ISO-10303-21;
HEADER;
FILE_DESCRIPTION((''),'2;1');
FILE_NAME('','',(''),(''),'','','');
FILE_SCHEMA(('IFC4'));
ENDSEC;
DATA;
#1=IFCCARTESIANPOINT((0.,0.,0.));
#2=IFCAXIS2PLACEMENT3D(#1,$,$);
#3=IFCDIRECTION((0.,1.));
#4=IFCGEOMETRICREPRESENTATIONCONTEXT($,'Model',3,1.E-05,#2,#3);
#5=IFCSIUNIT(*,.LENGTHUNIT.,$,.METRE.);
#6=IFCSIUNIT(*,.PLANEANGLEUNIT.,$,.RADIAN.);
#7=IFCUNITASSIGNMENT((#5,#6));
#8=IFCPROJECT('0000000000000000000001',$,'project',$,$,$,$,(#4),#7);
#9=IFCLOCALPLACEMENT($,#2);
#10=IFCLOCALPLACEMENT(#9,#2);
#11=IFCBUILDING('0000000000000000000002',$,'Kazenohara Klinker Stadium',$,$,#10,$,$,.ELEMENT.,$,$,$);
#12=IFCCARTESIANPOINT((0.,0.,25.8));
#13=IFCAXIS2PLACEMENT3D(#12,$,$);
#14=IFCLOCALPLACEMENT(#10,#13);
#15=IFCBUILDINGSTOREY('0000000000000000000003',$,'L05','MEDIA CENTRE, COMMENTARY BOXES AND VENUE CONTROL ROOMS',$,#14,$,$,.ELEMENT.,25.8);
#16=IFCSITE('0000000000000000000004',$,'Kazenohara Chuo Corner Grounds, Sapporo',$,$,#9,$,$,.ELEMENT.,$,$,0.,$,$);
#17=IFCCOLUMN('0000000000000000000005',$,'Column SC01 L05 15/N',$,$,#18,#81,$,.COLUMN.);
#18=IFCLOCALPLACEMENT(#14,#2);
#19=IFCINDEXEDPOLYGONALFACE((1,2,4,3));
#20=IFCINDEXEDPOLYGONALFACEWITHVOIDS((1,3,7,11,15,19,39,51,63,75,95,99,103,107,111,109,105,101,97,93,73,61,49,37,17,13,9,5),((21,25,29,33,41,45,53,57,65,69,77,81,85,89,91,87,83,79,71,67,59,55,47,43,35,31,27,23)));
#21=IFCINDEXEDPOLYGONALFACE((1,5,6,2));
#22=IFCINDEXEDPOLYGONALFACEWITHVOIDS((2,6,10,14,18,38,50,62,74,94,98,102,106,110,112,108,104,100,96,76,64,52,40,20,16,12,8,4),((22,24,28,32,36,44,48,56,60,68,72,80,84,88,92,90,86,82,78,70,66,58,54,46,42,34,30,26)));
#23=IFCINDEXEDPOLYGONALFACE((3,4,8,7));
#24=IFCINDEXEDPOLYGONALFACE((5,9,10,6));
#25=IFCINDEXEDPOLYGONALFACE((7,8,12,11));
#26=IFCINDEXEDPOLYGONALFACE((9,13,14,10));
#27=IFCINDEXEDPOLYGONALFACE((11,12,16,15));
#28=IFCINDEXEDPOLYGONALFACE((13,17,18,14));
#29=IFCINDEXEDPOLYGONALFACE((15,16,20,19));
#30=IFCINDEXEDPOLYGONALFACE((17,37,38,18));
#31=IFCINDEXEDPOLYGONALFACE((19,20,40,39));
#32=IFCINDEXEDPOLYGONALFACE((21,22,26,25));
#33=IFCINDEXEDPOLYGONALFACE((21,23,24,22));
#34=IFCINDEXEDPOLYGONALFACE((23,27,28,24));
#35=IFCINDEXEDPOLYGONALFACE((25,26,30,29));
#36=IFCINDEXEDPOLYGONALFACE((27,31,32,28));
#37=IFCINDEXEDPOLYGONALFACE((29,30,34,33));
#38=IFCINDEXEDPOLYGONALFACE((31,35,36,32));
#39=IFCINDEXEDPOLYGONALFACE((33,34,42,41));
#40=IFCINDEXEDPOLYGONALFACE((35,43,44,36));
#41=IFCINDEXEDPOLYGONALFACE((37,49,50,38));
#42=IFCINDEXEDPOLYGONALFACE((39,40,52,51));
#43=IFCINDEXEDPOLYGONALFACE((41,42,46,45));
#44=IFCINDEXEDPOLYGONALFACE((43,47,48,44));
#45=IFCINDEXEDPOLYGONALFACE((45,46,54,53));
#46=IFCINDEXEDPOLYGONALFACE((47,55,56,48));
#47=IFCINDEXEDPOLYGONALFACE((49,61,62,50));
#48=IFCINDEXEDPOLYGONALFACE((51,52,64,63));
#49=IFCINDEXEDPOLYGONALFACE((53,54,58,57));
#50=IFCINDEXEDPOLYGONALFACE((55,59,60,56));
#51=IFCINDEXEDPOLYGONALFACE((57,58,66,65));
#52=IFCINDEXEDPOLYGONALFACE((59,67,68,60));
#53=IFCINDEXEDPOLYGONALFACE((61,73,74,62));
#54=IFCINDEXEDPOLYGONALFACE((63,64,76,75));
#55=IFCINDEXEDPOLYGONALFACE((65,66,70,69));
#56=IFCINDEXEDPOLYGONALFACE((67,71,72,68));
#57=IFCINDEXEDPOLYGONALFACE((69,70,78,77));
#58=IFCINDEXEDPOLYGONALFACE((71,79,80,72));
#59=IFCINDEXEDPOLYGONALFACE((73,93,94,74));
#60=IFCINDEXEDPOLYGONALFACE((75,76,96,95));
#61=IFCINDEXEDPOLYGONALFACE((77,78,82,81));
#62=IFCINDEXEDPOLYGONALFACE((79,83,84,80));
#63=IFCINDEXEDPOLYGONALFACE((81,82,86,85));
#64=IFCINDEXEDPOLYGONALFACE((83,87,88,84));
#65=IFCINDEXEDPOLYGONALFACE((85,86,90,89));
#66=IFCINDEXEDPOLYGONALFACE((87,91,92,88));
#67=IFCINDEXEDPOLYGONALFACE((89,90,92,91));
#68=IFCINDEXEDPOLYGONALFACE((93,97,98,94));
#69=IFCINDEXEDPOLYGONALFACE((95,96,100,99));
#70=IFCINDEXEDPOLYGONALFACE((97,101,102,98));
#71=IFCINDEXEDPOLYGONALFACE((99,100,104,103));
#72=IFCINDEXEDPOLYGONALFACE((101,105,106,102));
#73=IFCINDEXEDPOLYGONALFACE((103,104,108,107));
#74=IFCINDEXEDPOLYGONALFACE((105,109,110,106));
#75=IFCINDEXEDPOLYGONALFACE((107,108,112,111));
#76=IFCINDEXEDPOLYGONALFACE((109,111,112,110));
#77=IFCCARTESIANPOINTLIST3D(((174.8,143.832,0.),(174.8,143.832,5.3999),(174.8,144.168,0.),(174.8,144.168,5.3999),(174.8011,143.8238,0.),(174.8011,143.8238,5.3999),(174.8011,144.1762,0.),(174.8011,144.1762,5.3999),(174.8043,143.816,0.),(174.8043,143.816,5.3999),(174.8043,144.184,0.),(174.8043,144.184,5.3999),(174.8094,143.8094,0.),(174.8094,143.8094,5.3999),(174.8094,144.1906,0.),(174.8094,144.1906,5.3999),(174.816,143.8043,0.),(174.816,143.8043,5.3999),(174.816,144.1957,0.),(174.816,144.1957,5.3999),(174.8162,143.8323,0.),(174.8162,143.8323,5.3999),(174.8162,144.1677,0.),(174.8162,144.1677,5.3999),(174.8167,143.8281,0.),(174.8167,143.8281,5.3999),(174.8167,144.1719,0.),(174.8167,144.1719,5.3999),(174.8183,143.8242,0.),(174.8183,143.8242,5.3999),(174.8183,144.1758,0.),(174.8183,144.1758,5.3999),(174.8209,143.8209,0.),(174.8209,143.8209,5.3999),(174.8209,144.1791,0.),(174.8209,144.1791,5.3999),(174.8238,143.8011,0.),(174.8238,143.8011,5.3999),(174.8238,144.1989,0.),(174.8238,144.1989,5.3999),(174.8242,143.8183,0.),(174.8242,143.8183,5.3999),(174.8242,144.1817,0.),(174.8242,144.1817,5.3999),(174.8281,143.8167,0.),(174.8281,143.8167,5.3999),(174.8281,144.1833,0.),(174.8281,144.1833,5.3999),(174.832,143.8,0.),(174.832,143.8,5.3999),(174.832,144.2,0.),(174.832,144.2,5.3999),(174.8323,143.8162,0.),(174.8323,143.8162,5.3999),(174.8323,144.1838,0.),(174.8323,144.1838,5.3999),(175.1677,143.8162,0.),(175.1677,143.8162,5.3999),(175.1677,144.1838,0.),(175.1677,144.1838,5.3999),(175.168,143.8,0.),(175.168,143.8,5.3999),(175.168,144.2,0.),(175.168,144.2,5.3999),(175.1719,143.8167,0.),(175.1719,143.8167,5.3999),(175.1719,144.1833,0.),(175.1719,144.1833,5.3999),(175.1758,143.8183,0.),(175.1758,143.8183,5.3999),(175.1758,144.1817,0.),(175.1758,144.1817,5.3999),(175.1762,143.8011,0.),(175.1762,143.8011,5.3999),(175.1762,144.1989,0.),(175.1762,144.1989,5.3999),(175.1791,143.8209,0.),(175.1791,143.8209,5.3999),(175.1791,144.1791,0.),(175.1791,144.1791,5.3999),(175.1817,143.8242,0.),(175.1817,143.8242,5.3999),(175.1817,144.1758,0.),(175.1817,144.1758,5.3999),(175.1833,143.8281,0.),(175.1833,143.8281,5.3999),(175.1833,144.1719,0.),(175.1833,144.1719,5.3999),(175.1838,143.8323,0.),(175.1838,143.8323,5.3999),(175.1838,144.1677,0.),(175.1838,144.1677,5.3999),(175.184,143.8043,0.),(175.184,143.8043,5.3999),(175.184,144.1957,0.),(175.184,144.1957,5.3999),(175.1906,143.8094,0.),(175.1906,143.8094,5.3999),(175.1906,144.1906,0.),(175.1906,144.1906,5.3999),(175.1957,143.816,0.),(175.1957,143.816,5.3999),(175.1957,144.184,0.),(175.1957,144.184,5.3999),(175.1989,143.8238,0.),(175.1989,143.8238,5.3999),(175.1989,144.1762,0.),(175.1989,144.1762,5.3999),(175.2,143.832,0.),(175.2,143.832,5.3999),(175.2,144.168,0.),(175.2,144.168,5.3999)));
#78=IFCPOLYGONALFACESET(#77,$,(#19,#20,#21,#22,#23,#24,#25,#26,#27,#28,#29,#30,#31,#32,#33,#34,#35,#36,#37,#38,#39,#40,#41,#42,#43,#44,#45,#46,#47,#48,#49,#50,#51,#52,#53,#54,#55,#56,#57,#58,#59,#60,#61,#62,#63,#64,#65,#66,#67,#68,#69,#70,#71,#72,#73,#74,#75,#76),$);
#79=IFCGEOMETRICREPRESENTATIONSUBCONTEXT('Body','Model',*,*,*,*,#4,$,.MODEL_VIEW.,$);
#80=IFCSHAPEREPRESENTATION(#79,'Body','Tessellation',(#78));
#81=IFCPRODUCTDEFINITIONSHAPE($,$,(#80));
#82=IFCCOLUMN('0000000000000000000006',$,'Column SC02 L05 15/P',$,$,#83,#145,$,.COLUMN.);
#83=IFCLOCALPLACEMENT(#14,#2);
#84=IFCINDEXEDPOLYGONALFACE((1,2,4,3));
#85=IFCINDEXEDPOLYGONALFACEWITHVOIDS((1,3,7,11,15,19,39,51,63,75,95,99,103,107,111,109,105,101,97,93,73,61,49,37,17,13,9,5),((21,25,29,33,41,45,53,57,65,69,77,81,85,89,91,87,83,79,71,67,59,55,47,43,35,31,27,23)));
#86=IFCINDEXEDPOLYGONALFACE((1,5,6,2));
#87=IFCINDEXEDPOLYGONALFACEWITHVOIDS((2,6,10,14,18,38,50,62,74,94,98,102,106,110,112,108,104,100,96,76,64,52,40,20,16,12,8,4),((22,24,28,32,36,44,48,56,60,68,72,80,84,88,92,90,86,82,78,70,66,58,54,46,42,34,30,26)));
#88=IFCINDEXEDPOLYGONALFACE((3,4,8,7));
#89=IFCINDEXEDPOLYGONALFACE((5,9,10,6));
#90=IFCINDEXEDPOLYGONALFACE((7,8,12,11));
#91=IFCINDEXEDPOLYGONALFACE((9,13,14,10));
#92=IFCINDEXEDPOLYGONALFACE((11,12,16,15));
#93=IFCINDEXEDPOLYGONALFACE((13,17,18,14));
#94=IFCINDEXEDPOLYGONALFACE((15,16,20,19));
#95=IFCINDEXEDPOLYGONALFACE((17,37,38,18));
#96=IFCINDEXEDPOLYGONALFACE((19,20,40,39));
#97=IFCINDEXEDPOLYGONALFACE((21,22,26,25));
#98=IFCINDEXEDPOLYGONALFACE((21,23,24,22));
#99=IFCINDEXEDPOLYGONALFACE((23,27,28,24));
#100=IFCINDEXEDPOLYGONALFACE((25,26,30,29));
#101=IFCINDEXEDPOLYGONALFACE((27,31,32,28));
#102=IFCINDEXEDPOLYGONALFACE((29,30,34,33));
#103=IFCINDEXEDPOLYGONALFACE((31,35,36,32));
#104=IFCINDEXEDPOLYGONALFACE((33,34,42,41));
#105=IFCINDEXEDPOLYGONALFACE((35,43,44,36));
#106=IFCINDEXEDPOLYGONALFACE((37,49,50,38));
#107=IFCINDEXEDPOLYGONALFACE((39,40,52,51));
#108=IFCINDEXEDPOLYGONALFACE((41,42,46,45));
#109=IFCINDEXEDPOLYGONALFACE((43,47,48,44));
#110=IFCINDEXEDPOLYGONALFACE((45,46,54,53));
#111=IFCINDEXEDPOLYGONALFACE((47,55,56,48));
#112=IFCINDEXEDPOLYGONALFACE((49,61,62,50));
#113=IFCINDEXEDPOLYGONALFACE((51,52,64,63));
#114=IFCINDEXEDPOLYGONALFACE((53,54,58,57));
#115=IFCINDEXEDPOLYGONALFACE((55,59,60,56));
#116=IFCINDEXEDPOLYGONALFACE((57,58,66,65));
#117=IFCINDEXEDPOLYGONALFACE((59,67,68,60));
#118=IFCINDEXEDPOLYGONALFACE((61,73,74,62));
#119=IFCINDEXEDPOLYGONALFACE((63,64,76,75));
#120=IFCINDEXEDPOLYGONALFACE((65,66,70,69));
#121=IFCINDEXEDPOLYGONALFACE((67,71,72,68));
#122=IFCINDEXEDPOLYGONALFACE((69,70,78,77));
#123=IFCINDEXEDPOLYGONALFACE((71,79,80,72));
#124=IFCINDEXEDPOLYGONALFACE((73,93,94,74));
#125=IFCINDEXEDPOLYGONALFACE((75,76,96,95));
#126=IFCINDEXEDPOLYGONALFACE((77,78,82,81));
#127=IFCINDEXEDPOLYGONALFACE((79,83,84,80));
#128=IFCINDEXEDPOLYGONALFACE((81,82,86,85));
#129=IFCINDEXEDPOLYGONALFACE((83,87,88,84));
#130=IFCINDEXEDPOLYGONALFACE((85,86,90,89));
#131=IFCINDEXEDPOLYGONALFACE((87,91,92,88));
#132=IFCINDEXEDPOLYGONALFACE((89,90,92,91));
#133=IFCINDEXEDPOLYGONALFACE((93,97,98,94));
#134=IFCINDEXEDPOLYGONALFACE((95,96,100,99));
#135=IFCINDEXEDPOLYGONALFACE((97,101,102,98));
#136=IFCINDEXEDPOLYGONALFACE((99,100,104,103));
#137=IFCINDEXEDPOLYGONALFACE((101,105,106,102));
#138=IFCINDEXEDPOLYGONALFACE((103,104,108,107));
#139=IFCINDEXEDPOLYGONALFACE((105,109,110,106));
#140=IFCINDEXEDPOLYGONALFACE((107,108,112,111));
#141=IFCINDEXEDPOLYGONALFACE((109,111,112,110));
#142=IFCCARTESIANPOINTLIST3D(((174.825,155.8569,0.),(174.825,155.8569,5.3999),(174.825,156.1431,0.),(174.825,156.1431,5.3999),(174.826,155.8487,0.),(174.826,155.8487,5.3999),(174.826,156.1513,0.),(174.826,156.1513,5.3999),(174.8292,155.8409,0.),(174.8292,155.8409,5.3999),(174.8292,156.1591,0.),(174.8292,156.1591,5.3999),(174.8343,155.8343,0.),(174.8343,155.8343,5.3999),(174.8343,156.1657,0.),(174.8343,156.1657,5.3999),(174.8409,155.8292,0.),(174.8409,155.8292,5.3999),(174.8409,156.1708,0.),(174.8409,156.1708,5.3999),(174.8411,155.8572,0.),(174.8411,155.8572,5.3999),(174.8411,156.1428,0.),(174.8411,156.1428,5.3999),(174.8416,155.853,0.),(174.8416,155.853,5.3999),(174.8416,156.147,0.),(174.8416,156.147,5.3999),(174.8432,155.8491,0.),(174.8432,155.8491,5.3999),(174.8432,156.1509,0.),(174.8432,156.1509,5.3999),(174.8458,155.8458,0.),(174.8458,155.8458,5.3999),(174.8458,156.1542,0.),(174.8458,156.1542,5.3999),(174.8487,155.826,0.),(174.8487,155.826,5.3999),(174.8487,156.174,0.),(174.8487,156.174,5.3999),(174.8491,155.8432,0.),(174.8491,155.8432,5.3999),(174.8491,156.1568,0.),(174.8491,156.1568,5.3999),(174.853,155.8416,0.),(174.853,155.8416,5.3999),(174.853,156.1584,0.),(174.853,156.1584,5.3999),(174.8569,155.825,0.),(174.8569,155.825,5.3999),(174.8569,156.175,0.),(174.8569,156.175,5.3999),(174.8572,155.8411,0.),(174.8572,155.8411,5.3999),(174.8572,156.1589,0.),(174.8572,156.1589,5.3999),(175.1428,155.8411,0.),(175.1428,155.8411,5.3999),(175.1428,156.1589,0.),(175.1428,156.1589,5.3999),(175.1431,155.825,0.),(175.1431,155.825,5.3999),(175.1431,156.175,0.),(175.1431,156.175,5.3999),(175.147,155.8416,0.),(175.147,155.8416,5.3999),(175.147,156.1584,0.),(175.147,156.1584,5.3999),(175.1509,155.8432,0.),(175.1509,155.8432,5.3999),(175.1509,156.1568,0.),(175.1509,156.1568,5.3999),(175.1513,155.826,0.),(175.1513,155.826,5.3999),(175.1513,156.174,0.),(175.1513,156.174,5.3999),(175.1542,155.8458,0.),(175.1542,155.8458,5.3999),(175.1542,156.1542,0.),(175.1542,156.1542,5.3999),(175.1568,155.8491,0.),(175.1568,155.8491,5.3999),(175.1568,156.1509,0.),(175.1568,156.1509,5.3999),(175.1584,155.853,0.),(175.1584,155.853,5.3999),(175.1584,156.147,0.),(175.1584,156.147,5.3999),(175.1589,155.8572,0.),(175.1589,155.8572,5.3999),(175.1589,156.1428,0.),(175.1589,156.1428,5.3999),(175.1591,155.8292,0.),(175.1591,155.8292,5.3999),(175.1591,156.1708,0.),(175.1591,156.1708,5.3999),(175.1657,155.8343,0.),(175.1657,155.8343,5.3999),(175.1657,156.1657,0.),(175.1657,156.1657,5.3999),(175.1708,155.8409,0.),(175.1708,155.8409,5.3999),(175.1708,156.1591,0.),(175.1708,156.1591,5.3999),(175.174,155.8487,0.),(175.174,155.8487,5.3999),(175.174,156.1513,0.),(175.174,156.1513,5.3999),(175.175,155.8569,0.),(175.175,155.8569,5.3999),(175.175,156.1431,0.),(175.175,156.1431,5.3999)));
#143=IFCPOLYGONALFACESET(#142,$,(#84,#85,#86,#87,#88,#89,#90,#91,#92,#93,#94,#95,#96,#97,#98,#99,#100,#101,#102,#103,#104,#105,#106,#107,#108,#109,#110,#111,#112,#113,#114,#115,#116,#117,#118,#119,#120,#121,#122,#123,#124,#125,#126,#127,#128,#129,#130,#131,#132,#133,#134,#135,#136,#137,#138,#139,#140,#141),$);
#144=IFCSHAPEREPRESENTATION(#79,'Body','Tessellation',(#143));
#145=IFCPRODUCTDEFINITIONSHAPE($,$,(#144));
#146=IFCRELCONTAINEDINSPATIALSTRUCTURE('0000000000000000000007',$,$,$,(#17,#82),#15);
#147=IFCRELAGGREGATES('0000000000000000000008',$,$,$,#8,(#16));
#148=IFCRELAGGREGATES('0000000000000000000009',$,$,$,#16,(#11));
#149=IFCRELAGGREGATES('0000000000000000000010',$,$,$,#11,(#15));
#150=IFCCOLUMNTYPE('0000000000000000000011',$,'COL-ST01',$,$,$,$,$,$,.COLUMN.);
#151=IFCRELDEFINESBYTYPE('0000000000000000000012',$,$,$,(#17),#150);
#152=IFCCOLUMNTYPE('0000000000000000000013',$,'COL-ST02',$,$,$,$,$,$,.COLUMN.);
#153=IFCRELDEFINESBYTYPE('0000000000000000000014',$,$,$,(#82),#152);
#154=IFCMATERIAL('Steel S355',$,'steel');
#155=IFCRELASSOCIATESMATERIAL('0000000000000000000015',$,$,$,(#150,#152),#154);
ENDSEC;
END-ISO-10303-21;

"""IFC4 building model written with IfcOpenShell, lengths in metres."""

from ifc_helpers import new_model, si_unit, direction, frame, origin, origin_2d, place, context, subcontext, project, spatial, hollow_rectangle, extrude, material, material_profile, profile_set, type_object, element, save


model = new_model("IFC4")

# Units and contexts
model_context = context("Model", 3, precision=1e-05, world=origin(), true_north=direction((0.0, 1.0)))
body_context = subcontext(model_context, "Body", "Model", "MODEL_VIEW")
ifc_project = project(units=[si_unit("LENGTHUNIT", "METRE"), si_unit("PLANEANGLEUNIT", "RADIAN")], contexts=[model_context])

# Site, building, storey
site_placement = place(None, origin())
site = spatial("IfcSite", under=ifc_project, at=site_placement, Name="Kazenohara Chuo Corner Grounds, Sapporo", CompositionType="ELEMENT", RefElevation=0.0)
building_placement = place(site_placement, origin())
building = spatial("IfcBuilding", under=site, at=building_placement, Name="Kazenohara Klinker Stadium", CompositionType="ELEMENT")
storey_placement = place(building_placement, frame((0.0, 0.0, 25.8)))
storey = spatial("IfcBuildingStorey", under=building, at=storey_placement, Name="L05", Description="MEDIA CENTRE, COMMENTARY BOXES AND VENUE CONTROL ROOMS", CompositionType="ELEMENT", Elevation=25.8)

# Columns
ifc_material_1 = material(Name="Steel S355", Category="steel")
ifc_material_profile_1 = material_profile(ifc_material_1, hollow_rectangle(XDim=0.3999, YDim=0.3999, WallThickness=0.0161, InnerFilletRadius=0.0161, OuterFilletRadius=0.032, at=origin_2d()), Name="SHS-400x400x16")
ifc_profile_set_1 = profile_set([ifc_material_profile_1], Name="Steel S355")
column_type_1 = type_object("IfcColumnType", Name="COL-ST01", PredefinedType="COLUMN", material=ifc_profile_set_1)
column_placement = place(storey_placement, frame((175.0, 144.0, 0.0), z_axis=(0.0, 0.0, 1.0), x_axis=(1.0, 0.0, 0.0)))
element("IfcColumn", 1, at=column_placement, inside=storey, type_object=column_type_1, Name="Column SC01 L05 15/N", PredefinedType="COLUMN", context=body_context, shape_type="SweptSolid", body=[
    extrude(hollow_rectangle(XDim=0.3999, YDim=0.3999, WallThickness=0.0161, InnerFilletRadius=0.0161, OuterFilletRadius=0.032, at=origin_2d()), origin(), (0.0, 0.0, 1.0), 5.3999),
])
ifc_material_profile_2 = material_profile(ifc_material_1, hollow_rectangle(XDim=0.3501, YDim=0.3501, WallThickness=0.0161, InnerFilletRadius=0.0161, OuterFilletRadius=0.032, at=origin_2d()), Name="SHS-350x350x16")
ifc_profile_set_2 = profile_set([ifc_material_profile_2], Name="Steel S355")
column_type_2 = type_object("IfcColumnType", Name="COL-ST02", PredefinedType="COLUMN", material=ifc_profile_set_2)
for number, where, z_axis, x_axis, name in (
    (2, (175.0, 156.0, 0.0), (0.0, 0.0, 1.0), (1.0, 0.0, 0.0), "Column SC02 L05 15/P"),
):
    element("IfcColumn", number, at=place(storey_placement, frame(where, z_axis=z_axis, x_axis=x_axis)), inside=storey, type_object=column_type_2, Name=name, PredefinedType="COLUMN", context=body_context, shape_type="SweptSolid", body=[
        extrude(hollow_rectangle(XDim=0.3501, YDim=0.3501, WallThickness=0.0161, InnerFilletRadius=0.0161, OuterFilletRadius=0.032, at=origin_2d()), origin(), (0.0, 0.0, 1.0), 5.3999),
    ])

save(model, "model.ifc")
